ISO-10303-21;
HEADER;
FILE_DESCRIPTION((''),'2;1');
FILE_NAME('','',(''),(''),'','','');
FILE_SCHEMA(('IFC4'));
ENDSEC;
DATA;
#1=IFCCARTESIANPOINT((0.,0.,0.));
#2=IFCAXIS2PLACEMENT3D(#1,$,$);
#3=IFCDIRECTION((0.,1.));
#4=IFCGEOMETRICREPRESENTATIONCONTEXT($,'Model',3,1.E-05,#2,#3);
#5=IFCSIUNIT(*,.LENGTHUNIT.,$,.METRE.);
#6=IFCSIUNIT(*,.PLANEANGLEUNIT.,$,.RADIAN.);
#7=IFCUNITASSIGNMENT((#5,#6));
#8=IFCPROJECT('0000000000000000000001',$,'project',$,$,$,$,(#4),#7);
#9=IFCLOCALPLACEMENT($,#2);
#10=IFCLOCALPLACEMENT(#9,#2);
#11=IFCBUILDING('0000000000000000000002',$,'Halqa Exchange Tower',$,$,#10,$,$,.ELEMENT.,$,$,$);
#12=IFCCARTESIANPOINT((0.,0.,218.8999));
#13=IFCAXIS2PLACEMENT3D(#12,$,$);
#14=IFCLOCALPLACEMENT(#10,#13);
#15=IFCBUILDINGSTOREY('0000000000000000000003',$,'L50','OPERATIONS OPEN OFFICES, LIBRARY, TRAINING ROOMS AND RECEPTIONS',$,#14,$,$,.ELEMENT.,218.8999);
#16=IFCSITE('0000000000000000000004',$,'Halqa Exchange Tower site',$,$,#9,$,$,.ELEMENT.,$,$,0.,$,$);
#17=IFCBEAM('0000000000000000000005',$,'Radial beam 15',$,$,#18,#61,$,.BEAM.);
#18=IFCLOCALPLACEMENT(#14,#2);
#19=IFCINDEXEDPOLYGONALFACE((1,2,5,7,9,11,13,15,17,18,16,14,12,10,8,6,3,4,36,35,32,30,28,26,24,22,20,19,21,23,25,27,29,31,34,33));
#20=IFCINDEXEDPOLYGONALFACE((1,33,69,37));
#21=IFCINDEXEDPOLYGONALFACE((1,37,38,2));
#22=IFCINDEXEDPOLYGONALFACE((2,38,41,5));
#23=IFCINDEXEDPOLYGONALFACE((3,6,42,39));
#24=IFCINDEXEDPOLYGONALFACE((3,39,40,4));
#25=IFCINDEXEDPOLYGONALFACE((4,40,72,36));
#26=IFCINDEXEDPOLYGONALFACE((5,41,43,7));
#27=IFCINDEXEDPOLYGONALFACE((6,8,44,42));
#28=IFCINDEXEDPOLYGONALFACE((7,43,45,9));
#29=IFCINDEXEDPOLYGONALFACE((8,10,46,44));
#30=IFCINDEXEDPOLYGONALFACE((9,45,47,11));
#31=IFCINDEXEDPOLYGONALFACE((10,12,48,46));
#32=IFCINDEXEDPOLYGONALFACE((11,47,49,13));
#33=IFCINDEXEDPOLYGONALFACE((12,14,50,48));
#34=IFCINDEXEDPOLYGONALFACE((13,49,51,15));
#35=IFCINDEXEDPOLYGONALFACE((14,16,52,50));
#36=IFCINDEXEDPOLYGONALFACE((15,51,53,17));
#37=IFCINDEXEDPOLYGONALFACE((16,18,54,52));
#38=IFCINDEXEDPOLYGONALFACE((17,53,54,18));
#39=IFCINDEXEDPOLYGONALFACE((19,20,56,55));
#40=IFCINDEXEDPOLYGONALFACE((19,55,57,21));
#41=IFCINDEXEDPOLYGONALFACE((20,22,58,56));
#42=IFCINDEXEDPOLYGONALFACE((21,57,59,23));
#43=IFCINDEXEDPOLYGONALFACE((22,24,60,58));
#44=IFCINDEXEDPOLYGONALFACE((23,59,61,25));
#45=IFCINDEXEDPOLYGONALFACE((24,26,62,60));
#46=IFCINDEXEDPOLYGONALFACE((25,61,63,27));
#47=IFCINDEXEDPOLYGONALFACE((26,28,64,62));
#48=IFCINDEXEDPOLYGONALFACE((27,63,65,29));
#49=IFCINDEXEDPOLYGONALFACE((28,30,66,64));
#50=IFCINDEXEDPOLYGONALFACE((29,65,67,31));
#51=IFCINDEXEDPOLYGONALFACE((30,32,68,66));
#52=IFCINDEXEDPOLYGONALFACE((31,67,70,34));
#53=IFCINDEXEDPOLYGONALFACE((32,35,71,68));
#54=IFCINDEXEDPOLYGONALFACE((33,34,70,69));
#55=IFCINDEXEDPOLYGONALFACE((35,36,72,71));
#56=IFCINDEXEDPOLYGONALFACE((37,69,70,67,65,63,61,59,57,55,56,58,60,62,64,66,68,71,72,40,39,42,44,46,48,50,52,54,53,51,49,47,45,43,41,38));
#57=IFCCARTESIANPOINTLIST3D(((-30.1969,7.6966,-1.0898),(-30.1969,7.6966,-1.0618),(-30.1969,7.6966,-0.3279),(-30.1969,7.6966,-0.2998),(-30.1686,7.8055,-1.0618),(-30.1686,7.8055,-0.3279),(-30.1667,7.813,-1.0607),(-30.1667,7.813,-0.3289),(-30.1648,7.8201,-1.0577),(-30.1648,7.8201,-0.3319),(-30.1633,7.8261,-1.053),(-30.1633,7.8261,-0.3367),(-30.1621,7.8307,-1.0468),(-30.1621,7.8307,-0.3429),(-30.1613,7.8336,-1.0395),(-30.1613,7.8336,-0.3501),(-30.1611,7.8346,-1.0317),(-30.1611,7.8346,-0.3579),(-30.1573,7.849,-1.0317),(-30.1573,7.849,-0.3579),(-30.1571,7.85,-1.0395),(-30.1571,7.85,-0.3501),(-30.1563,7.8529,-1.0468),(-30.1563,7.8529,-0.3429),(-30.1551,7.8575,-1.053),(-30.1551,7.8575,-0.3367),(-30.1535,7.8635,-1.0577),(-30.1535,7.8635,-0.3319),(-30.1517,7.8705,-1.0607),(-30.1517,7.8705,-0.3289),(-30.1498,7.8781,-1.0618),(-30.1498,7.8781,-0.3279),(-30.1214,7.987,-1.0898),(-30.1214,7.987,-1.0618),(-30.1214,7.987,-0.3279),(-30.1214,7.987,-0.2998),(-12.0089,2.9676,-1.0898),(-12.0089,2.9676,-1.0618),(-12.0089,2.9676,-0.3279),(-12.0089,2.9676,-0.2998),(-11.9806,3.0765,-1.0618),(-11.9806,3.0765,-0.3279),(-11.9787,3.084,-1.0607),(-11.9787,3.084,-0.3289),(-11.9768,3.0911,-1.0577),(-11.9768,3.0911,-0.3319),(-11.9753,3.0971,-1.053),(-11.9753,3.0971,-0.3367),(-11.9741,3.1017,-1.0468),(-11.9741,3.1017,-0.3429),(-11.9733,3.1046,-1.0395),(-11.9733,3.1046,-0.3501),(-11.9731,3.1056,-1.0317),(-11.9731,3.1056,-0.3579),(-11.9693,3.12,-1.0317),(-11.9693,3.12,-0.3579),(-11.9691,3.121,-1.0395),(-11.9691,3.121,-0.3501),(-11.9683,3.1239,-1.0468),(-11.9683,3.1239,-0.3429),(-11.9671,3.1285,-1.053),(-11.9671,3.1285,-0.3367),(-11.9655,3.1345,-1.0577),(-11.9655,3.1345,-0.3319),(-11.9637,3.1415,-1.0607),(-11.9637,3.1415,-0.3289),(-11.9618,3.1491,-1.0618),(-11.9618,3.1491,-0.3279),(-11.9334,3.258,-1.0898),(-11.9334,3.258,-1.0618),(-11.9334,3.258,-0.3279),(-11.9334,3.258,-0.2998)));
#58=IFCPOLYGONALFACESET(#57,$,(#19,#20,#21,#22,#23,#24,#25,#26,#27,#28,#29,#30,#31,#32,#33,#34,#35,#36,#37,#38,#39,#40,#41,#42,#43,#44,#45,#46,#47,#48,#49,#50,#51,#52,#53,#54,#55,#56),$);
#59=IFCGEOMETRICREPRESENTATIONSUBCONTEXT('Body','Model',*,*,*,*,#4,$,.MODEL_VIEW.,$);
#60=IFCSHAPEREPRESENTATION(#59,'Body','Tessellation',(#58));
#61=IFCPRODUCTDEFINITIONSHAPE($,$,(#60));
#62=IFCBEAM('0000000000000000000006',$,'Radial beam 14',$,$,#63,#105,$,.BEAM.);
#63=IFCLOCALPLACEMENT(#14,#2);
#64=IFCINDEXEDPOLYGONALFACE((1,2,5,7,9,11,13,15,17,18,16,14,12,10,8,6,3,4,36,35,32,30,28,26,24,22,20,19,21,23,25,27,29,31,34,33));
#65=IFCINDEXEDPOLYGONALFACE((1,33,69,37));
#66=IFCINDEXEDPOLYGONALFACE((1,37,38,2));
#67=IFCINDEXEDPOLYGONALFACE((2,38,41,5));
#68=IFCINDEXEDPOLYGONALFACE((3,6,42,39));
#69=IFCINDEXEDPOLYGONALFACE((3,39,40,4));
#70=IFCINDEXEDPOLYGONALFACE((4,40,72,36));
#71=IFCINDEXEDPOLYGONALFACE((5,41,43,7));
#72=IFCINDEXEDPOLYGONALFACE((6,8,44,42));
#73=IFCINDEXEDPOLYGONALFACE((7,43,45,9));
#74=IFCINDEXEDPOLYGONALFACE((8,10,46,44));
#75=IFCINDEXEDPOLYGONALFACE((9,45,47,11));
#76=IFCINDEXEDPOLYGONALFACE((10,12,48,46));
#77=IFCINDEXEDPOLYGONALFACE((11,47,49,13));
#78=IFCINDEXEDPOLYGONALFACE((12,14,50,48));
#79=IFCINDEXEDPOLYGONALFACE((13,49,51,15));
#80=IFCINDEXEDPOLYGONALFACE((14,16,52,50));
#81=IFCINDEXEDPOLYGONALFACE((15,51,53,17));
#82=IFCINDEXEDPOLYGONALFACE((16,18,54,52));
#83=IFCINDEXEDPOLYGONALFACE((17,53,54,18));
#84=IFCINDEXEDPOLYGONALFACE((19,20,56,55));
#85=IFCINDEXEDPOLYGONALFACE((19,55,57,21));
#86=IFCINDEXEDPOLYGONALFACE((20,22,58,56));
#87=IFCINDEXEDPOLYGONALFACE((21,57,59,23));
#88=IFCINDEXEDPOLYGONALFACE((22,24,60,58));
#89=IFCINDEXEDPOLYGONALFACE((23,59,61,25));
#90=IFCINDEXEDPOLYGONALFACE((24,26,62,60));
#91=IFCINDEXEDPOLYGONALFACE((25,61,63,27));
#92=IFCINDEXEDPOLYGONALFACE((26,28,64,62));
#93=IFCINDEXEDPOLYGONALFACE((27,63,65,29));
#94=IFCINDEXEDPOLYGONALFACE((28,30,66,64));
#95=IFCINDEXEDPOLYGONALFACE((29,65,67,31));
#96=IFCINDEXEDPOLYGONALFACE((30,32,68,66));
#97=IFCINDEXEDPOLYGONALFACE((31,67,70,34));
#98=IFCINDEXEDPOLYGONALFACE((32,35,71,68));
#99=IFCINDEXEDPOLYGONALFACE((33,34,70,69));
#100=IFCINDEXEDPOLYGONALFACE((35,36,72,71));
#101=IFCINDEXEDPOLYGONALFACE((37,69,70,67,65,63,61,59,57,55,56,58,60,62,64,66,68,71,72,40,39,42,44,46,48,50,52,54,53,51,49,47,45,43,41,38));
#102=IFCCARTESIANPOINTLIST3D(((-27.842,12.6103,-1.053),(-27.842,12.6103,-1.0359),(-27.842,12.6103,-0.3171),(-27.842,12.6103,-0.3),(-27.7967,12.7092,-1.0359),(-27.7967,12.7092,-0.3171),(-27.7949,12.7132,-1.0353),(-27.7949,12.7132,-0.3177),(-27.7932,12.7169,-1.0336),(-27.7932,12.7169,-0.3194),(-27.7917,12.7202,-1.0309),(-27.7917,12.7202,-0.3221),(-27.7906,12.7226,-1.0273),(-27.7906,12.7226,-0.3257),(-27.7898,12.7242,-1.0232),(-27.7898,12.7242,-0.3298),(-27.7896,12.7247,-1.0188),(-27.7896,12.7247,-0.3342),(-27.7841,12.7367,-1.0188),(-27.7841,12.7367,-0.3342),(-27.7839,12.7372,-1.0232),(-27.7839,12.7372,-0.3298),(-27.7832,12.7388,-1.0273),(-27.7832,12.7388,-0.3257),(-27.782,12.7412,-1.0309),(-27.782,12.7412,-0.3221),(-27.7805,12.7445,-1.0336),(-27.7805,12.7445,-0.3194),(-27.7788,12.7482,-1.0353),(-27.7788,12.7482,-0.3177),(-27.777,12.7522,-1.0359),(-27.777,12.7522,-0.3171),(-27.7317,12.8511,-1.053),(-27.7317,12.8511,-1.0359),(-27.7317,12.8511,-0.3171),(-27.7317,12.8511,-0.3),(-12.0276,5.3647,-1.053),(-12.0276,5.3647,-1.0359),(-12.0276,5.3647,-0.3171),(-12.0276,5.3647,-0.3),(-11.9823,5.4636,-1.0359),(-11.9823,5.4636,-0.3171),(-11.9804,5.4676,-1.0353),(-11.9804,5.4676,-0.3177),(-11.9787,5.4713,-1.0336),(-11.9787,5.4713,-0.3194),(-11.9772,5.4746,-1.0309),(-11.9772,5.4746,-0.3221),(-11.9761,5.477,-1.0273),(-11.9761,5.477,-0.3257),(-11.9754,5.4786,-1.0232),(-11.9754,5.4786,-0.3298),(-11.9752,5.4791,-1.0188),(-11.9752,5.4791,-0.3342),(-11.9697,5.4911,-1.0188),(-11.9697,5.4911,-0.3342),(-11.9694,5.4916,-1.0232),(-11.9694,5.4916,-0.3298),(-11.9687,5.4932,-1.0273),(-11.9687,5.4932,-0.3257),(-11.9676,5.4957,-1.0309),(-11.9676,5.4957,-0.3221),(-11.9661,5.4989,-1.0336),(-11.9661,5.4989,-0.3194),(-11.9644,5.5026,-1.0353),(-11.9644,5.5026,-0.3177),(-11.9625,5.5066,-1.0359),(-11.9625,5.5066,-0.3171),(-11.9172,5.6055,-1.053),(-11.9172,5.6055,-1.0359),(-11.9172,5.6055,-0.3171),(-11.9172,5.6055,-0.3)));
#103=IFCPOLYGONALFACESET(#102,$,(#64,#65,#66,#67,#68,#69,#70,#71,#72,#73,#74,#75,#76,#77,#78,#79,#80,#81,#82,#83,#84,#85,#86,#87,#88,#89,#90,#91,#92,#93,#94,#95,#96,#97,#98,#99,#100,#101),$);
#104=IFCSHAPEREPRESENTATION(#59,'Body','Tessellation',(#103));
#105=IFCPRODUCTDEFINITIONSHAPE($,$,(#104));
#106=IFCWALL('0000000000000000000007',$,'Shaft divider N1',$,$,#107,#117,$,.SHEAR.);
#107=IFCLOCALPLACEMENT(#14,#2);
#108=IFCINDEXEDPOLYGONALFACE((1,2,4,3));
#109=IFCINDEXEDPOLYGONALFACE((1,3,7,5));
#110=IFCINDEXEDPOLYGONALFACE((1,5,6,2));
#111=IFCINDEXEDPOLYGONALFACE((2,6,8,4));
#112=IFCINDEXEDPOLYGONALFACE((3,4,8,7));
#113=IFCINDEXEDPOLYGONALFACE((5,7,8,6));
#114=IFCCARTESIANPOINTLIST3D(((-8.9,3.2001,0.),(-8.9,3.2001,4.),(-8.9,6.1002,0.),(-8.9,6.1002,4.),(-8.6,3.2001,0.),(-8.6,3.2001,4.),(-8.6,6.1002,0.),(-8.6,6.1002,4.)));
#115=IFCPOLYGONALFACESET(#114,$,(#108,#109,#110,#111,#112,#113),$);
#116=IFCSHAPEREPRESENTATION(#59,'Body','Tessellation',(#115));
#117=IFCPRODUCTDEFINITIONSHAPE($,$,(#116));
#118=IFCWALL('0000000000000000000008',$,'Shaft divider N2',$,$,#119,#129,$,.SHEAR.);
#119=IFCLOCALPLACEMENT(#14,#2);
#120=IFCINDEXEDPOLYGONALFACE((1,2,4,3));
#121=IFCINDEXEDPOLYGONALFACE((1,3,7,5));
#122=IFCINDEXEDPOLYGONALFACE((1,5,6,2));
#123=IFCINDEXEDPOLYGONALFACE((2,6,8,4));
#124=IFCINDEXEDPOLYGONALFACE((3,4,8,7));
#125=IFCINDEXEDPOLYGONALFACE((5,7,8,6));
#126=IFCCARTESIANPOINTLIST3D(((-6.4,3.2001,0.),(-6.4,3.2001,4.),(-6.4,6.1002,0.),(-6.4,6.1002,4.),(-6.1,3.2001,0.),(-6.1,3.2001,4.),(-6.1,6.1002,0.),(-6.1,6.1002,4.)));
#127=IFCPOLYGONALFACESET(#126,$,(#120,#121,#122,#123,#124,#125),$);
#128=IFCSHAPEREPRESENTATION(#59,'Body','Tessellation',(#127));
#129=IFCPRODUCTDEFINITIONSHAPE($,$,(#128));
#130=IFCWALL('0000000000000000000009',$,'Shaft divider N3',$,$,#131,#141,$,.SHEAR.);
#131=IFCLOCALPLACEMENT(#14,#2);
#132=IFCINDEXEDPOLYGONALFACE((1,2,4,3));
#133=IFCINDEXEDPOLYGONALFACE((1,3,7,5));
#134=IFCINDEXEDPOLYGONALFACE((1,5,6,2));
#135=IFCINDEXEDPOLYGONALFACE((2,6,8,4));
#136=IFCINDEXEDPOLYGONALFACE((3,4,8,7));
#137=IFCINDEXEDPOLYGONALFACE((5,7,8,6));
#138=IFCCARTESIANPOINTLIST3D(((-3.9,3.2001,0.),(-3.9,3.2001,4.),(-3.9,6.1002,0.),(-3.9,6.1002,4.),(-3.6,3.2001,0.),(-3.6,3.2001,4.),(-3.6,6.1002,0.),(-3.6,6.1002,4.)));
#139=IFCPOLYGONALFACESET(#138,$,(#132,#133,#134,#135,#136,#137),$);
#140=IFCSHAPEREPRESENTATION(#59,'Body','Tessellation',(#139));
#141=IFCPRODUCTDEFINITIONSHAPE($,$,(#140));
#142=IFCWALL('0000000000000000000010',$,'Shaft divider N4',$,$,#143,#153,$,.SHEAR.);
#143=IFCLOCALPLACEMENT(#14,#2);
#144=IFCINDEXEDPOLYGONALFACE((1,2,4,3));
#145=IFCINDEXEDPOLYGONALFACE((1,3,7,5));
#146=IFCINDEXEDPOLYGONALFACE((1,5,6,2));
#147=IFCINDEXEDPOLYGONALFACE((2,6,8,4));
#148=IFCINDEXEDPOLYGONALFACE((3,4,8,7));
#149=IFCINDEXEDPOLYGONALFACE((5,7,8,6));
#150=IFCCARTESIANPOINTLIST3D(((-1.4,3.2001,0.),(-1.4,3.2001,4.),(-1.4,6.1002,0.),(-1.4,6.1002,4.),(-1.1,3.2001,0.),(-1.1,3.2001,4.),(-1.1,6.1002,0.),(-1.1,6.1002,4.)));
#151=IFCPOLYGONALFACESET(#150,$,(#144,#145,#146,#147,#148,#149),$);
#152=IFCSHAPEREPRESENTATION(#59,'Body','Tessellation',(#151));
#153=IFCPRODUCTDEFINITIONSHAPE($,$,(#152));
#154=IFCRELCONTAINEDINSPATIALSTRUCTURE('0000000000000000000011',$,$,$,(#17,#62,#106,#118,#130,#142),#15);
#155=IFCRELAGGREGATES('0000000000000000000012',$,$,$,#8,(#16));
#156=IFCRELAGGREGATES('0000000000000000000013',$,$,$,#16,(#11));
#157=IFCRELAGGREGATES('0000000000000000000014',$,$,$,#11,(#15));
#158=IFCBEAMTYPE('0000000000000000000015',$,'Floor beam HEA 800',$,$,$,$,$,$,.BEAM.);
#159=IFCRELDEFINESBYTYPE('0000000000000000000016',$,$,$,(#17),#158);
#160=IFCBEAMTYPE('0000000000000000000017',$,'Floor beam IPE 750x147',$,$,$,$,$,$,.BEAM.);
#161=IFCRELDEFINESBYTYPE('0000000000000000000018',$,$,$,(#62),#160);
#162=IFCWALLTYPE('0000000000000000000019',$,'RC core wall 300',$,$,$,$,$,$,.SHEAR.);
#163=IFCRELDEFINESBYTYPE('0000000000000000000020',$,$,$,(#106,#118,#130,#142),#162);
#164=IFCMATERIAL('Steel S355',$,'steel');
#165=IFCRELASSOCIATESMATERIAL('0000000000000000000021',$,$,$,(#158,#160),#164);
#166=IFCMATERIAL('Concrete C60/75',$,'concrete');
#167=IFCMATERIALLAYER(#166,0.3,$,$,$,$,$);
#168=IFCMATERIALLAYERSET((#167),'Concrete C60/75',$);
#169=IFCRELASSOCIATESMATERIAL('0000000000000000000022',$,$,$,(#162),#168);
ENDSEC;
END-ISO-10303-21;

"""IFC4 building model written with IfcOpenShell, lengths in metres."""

from ifc_helpers import new_model, si_unit, direction, frame, frame_2d, origin, origin_2d, place, context, subcontext, project, spatial, rectangle, i_section, extrude, material, layer, layer_set, material_profile, profile_set, type_object, element, save


model = new_model("IFC4")

# Units and contexts
model_context = context("Model", 3, precision=1e-05, world=origin(), true_north=direction((0.0, 1.0)))
body_context = subcontext(model_context, "Body", "Model", "MODEL_VIEW")
ifc_project = project(units=[si_unit("LENGTHUNIT", "METRE"), si_unit("PLANEANGLEUNIT", "RADIAN")], contexts=[model_context])

# Site, building, storey
site_placement = place(None, origin())
site = spatial("IfcSite", under=ifc_project, at=site_placement, Name="Halqa Exchange Tower site", CompositionType="ELEMENT", RefElevation=0.0)
building_placement = place(site_placement, origin())
building = spatial("IfcBuilding", under=site, at=building_placement, Name="Halqa Exchange Tower", CompositionType="ELEMENT")
storey_placement = place(building_placement, frame((0.0, 0.0, 218.8999)))
storey = spatial("IfcBuildingStorey", under=building, at=storey_placement, Name="L50", Description="OPERATIONS OPEN OFFICES, LIBRARY, TRAINING ROOMS AND RECEPTIONS", CompositionType="ELEMENT", Elevation=218.8999)

# Beams
ifc_material_1 = material(Name="Steel S355", Category="steel")
ifc_material_profile_1 = material_profile(ifc_material_1, i_section(OverallWidth=0.3, OverallDepth=0.79, WebThickness=0.0149, FlangeThickness=0.0281, FilletRadius=0.03, at=origin_2d()), Name="HEA 800")
ifc_profile_set_1 = profile_set([ifc_material_profile_1], Name="Steel S355")
beam_type_1 = type_object("IfcBeamType", Name="Floor beam HEA 800", PredefinedType="BEAM", material=ifc_profile_set_1)
beam_1_placement = place(storey_placement, frame((-11.9712, 3.1128, -0.6948), z_axis=(-0.967821, 0.25164, 0.0), x_axis=(-0.25164, -0.967821, 0.0)))
element("IfcBeam", 1, at=beam_1_placement, inside=storey, type_object=beam_type_1, Name="Radial beam 15", PredefinedType="BEAM", context=body_context, shape_type="SweptSolid", body=[
    extrude(i_section(OverallWidth=0.3, OverallDepth=0.79, WebThickness=0.0149, FlangeThickness=0.0281, FilletRadius=0.03, at=origin_2d()), origin(), (0.0, 0.0, 1.0), 18.7927),
])
ifc_material_profile_2 = material_profile(ifc_material_1, i_section(OverallWidth=0.2649, OverallDepth=0.7529, WebThickness=0.0132, FlangeThickness=0.0171, FilletRadius=0.0171, at=origin_2d()), Name="IPE 750x147")
ifc_profile_set_2 = profile_set([ifc_material_profile_2], Name="Steel S355")
beam_type_2 = type_object("IfcBeamType", Name="Floor beam IPE 750x147", PredefinedType="BEAM", material=ifc_profile_set_2)
beam_2_placement = place(storey_placement, frame((-11.9724, 5.4851, -0.6765), z_axis=(-0.909123, 0.416527, 0.0), x_axis=(-0.416527, -0.909123, 0.0)))
element("IfcBeam", 2, at=beam_2_placement, inside=storey, type_object=beam_type_2, Name="Radial beam 14", PredefinedType="BEAM", context=body_context, shape_type="SweptSolid", body=[
    extrude(i_section(OverallWidth=0.2649, OverallDepth=0.7529, WebThickness=0.0132, FlangeThickness=0.0171, FilletRadius=0.0171, at=origin_2d()), origin(), (0.0, 0.0, 1.0), 17.3953),
])

# Walls
ifc_material_2 = material(Name="Concrete C60/75", Category="concrete")
ifc_layer_1 = layer(ifc_material_2, 0.3)
ifc_layer_set_1 = layer_set([ifc_layer_1], Name="Concrete C60/75")
wall_type_1 = type_object("IfcWallType", Name="RC core wall 300", PredefinedType="SHEAR", material=ifc_layer_set_1)
for number, where, z_axis, x_axis, name in (
    (3, (-8.75, 3.2, 0.0), (0.0, 0.0, 1.0), (0.0, 1.0, 0.0), "Shaft divider N1"),
    (4, (-6.25, 3.2, 0.0), (0.0, 0.0, 1.0), (0.0, 1.0, 0.0), "Shaft divider N2"),
    (5, (-3.75, 3.2, 0.0), (0.0, 0.0, 1.0), (0.0, 1.0, 0.0), "Shaft divider N3"),
    (6, (-1.25, 3.2, 0.0), (0.0, 0.0, 1.0), (0.0, 1.0, 0.0), "Shaft divider N4"),
):
    element("IfcWall", number, at=place(storey_placement, frame(where, z_axis=z_axis, x_axis=x_axis)), inside=storey, type_object=wall_type_1, Name=name, PredefinedType="SHEAR", context=body_context, shape_type="SweptSolid", body=[
        extrude(rectangle(XDim=2.9001, YDim=0.3, at=frame_2d((1.4502, 0.0))), origin(), (0.0, 0.0, 1.0), 4.0),
    ])

save(model, "model.ifc")
